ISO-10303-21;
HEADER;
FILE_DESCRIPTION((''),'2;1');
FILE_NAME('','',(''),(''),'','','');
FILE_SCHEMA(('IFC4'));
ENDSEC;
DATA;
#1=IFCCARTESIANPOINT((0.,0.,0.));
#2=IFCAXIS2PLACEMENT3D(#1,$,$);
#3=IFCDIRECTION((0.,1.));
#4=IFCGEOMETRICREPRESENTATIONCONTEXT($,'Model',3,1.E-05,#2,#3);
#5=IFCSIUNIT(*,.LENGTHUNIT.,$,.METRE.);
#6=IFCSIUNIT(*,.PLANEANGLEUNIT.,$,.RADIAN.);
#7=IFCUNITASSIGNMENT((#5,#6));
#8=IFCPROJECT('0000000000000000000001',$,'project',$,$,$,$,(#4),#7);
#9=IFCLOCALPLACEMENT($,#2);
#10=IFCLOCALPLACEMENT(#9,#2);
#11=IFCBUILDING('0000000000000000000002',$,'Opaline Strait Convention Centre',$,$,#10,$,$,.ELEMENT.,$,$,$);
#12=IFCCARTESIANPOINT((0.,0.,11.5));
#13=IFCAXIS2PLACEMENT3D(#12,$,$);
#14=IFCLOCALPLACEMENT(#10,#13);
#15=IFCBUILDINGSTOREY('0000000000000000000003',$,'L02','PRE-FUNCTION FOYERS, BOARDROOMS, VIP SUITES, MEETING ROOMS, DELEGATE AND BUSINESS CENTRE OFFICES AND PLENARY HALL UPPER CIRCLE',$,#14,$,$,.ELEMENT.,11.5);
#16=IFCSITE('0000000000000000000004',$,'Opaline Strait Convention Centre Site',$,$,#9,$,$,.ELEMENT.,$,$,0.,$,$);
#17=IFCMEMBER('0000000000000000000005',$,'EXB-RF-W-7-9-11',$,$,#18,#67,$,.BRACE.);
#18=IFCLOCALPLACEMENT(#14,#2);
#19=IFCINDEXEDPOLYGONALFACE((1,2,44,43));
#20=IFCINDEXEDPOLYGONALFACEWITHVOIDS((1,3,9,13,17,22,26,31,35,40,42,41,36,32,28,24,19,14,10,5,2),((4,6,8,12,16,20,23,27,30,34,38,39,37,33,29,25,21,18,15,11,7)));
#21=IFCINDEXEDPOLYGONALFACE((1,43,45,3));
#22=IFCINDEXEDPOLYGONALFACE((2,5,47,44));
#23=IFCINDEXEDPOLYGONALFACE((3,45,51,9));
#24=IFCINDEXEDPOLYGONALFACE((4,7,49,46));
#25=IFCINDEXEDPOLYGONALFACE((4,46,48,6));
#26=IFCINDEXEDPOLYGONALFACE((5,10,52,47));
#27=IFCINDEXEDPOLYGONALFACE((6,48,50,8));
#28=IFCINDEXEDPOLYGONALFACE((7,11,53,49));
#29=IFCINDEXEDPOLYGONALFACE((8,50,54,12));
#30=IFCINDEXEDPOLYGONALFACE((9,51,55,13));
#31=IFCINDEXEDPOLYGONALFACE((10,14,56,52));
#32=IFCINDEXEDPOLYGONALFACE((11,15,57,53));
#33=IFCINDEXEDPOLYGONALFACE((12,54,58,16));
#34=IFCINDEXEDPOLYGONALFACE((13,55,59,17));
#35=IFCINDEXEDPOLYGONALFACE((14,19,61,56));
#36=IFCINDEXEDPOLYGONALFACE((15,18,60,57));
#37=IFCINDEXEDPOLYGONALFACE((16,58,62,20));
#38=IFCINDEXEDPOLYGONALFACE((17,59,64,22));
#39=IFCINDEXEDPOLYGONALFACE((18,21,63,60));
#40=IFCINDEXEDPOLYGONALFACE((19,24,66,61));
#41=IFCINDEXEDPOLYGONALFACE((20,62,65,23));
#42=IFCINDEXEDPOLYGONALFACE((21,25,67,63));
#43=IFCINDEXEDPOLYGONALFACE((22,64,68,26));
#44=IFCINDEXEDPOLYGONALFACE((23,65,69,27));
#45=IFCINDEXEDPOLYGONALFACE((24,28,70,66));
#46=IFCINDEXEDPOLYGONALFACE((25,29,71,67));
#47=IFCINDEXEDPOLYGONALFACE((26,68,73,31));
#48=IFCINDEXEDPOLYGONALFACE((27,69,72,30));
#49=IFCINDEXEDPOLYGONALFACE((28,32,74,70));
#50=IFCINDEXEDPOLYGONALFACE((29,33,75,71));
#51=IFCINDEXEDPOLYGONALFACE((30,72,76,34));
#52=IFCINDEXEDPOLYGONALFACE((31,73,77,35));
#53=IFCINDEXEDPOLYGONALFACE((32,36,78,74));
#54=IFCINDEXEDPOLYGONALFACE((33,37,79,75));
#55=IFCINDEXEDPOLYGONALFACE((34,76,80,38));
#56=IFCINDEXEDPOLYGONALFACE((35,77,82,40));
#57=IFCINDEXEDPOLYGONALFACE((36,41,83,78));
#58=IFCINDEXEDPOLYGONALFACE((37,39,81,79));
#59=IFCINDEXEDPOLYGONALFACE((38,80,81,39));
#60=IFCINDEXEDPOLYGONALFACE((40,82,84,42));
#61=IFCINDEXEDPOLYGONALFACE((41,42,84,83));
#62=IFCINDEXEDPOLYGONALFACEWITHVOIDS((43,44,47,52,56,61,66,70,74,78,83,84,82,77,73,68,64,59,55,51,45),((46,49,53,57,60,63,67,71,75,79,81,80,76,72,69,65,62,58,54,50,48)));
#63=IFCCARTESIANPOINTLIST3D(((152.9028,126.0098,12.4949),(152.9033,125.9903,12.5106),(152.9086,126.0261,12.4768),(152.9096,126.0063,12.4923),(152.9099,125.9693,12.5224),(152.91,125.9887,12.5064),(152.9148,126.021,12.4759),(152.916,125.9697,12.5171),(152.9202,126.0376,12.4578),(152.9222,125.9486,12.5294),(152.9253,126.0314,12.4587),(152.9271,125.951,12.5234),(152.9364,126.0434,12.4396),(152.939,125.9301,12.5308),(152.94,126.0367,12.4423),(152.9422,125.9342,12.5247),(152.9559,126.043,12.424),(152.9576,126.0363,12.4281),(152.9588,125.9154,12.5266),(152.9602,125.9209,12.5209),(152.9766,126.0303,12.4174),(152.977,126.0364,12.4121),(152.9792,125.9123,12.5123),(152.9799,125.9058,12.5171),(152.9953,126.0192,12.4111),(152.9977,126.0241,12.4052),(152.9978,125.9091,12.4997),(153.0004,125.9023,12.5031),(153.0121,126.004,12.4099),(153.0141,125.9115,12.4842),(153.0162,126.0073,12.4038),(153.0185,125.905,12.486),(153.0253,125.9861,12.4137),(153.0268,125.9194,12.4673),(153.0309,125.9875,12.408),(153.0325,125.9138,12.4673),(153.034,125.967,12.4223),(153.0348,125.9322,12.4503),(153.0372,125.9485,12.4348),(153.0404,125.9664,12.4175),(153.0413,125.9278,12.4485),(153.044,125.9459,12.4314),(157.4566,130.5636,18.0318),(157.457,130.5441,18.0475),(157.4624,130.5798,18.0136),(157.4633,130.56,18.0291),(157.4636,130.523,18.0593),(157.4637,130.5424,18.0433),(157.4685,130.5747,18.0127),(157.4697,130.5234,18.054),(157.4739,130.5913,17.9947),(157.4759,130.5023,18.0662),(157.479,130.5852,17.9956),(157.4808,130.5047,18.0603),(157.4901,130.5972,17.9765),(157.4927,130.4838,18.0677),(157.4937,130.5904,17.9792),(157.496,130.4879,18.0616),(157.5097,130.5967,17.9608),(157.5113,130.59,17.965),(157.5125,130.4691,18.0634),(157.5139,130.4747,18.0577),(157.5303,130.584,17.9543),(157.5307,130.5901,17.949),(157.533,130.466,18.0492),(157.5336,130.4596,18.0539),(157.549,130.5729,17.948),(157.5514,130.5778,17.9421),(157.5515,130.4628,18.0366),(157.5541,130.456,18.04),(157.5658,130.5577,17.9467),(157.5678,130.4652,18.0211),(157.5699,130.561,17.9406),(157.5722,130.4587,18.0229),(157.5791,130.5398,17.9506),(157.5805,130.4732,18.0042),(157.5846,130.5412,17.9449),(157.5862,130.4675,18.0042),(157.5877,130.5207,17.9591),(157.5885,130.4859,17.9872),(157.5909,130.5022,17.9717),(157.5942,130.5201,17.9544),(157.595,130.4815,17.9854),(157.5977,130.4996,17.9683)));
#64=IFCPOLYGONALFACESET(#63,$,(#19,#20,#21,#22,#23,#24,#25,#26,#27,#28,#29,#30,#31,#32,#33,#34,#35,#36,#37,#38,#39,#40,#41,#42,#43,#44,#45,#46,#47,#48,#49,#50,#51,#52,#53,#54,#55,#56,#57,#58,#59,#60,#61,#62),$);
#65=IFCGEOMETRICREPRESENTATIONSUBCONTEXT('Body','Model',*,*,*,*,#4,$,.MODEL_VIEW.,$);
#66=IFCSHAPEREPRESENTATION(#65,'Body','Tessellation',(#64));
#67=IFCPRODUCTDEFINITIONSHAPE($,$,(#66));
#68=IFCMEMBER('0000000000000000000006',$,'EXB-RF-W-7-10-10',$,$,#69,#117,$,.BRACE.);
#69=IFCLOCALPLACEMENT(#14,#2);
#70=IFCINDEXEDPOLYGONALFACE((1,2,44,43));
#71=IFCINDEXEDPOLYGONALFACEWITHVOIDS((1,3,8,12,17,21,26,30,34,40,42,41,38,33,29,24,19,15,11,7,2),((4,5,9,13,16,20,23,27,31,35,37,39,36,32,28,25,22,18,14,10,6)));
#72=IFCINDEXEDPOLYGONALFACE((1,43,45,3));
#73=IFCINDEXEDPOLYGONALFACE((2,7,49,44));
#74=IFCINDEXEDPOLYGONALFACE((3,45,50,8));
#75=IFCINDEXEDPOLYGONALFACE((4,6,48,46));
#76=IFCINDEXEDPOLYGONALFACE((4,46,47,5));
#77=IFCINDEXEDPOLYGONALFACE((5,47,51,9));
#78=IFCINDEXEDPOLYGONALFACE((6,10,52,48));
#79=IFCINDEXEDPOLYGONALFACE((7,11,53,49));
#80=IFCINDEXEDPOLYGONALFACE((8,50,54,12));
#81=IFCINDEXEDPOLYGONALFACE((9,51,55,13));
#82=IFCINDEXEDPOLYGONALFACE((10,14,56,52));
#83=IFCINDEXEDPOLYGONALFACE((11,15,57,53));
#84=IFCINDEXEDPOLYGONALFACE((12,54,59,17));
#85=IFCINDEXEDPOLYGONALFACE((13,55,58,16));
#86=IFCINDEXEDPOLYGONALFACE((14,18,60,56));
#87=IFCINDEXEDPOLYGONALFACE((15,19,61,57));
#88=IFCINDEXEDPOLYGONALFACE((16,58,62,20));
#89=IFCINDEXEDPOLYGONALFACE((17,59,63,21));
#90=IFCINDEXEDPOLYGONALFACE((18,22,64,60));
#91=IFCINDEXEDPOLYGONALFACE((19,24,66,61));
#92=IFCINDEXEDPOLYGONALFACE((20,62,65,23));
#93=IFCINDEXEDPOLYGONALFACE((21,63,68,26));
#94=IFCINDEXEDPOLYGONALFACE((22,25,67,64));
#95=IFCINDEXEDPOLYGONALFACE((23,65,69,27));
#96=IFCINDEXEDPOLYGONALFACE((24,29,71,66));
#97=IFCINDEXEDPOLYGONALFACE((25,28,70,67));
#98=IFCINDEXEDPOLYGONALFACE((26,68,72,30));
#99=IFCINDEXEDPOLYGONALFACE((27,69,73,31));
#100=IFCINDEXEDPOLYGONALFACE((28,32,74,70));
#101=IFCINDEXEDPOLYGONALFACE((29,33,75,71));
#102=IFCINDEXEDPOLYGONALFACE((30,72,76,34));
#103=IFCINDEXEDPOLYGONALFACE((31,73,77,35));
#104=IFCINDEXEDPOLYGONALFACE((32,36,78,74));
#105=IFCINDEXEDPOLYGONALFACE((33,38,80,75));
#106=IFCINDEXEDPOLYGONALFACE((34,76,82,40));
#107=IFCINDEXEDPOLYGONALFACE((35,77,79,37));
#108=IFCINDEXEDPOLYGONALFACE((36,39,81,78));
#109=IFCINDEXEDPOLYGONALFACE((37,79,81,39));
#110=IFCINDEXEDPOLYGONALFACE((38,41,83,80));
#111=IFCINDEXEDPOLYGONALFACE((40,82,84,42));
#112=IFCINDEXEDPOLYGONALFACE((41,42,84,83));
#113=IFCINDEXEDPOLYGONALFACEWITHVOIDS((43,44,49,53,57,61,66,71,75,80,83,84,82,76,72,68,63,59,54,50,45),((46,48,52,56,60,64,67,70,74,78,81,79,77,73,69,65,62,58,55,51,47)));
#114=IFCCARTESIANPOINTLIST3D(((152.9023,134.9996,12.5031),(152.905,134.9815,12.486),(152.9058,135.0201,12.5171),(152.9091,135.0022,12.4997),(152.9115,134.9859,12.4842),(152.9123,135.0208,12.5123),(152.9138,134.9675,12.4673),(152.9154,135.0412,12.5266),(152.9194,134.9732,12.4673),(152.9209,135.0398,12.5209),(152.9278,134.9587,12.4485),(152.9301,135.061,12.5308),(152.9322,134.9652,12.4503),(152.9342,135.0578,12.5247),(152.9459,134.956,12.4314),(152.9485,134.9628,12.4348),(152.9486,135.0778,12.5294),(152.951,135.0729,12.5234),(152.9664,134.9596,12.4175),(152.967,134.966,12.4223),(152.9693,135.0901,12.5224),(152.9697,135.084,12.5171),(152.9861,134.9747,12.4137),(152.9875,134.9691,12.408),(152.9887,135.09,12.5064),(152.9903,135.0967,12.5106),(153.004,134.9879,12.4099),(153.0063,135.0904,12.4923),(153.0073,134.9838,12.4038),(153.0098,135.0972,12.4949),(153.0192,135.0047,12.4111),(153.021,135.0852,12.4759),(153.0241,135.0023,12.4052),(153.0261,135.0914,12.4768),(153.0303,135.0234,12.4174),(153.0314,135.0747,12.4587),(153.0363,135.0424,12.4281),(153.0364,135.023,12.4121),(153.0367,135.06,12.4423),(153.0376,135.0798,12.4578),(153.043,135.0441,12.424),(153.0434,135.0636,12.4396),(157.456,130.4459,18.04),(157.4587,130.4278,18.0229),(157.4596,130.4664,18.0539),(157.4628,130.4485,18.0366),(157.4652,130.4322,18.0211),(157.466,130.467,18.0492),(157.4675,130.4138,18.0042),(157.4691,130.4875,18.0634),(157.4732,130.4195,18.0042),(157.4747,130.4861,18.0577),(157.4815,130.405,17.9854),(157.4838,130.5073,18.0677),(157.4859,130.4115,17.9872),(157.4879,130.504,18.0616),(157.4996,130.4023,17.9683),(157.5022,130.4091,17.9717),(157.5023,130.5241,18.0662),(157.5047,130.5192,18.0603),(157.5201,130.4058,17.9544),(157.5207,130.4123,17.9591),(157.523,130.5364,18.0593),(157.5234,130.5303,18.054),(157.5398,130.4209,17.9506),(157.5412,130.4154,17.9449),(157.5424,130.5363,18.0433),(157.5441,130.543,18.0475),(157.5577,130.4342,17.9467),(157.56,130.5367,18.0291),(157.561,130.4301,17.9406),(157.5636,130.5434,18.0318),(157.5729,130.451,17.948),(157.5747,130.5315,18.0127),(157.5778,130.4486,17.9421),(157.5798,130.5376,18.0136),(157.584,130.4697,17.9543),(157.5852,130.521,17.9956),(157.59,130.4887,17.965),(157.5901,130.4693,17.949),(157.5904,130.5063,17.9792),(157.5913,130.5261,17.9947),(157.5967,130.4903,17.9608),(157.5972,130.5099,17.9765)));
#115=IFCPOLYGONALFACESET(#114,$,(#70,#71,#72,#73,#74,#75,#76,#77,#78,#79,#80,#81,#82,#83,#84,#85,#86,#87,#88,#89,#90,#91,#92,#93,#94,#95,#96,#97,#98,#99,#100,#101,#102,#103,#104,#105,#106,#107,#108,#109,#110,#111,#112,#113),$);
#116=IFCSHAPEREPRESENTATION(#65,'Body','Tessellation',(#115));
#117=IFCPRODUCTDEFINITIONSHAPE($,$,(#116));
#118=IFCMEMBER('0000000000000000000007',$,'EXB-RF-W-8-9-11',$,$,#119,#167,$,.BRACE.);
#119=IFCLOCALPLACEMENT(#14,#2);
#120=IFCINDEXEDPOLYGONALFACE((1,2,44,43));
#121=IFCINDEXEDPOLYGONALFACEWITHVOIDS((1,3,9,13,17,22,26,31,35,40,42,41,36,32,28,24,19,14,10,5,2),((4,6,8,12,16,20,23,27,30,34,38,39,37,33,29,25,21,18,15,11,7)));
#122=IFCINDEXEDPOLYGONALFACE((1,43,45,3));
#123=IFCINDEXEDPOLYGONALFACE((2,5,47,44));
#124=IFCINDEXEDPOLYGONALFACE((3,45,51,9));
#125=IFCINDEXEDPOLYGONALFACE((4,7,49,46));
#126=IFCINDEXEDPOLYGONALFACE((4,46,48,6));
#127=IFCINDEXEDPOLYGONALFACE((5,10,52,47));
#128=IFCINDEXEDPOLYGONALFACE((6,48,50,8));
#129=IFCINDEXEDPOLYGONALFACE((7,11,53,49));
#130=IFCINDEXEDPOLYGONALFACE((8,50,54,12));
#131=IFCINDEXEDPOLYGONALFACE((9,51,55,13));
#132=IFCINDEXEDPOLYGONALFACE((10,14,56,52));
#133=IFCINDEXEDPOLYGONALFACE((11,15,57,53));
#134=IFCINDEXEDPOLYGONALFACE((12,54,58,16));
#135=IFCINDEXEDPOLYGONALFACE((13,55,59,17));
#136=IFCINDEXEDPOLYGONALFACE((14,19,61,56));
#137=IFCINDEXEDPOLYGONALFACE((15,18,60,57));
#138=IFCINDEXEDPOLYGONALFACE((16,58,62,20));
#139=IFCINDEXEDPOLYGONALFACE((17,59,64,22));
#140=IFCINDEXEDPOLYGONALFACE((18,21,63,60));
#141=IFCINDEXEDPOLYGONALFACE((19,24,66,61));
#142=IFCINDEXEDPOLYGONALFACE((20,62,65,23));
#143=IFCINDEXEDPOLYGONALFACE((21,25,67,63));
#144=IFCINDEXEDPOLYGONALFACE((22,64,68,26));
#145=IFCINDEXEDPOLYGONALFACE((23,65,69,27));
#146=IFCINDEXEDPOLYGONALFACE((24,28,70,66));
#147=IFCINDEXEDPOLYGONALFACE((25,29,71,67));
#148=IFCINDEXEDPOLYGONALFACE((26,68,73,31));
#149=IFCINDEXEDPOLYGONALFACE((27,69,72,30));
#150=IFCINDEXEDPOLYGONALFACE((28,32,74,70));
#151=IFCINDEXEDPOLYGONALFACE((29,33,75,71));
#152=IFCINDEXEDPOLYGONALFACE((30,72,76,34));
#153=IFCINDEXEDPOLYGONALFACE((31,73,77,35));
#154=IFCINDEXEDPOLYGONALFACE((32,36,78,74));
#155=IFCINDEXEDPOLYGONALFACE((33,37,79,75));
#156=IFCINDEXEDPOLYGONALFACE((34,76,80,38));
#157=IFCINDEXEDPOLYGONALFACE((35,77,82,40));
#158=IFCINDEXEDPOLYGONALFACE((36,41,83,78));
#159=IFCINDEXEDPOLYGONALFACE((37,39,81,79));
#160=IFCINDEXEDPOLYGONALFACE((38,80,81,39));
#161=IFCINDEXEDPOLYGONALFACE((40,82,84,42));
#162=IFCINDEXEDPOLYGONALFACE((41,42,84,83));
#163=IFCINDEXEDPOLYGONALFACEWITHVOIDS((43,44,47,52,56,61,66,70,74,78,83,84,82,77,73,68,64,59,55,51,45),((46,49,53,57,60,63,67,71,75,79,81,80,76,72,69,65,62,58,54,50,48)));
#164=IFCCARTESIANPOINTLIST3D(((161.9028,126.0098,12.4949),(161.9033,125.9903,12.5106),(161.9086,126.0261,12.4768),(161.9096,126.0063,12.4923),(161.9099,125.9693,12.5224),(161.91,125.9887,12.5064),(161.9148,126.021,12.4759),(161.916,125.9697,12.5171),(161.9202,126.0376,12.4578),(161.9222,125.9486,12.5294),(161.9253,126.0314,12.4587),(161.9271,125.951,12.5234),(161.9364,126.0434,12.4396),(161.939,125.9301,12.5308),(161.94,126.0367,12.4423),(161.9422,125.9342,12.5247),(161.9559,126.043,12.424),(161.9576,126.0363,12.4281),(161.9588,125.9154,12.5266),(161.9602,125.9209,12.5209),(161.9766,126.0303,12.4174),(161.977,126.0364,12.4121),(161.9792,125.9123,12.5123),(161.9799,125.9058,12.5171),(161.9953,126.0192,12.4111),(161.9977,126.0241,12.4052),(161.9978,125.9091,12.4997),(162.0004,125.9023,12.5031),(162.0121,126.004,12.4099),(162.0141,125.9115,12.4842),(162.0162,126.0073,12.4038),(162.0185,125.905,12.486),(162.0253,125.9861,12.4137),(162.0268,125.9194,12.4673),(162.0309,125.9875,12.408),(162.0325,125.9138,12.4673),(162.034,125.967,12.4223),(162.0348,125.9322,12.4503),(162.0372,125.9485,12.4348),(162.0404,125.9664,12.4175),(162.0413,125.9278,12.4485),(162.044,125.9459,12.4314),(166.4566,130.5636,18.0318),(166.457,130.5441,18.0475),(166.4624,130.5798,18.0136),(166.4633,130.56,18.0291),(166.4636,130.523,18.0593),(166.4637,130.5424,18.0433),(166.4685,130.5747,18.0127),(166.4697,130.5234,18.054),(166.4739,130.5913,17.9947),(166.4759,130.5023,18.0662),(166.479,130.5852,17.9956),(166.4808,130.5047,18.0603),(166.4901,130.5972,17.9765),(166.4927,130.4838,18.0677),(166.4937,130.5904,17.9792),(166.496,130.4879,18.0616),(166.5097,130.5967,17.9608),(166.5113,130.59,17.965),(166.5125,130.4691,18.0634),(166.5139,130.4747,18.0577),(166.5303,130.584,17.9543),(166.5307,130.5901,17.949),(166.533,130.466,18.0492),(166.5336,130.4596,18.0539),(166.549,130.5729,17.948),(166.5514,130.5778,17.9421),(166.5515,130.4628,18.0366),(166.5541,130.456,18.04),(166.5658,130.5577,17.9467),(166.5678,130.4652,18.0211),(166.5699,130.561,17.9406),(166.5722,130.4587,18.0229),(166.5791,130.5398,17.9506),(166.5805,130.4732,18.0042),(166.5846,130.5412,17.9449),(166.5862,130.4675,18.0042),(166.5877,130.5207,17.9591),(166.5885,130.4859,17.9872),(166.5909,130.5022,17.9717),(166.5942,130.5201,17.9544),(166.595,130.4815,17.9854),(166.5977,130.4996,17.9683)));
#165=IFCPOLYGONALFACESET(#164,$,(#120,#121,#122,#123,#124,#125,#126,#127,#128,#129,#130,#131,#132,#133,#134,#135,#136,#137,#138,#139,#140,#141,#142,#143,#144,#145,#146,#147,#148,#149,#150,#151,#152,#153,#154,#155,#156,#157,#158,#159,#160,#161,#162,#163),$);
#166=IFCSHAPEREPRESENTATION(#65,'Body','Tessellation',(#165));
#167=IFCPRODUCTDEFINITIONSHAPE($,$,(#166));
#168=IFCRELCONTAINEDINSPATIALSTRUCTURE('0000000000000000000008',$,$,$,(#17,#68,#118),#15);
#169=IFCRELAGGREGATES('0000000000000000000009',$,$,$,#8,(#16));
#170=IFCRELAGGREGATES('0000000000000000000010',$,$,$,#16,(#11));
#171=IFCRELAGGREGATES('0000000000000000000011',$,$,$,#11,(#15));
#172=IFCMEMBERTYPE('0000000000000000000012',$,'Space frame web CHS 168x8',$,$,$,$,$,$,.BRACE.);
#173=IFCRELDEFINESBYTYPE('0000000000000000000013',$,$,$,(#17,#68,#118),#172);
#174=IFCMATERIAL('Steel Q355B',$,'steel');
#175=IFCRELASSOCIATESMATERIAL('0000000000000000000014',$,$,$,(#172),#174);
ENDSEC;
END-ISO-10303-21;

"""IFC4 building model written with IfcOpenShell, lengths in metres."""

from ifc_helpers import new_model, si_unit, direction, frame, origin, origin_2d, place, context, subcontext, project, spatial, hollow_circle, extrude, material, material_profile, profile_set, type_object, element, save


model = new_model("IFC4")

# Units and contexts
model_context = context("Model", 3, precision=1e-05, world=origin(), true_north=direction((0.0, 1.0)))
body_context = subcontext(model_context, "Body", "Model", "MODEL_VIEW")
ifc_project = project(units=[si_unit("LENGTHUNIT", "METRE"), si_unit("PLANEANGLEUNIT", "RADIAN")], contexts=[model_context])

# Site, building, storey
site_placement = place(None, origin())
site = spatial("IfcSite", under=ifc_project, at=site_placement, Name="Opaline Strait Convention Centre Site", CompositionType="ELEMENT", RefElevation=0.0)
building_placement = place(site_placement, origin())
building = spatial("IfcBuilding", under=site, at=building_placement, Name="Opaline Strait Convention Centre", CompositionType="ELEMENT")
storey_placement = place(building_placement, frame((0.0, 0.0, 11.5)))
storey = spatial("IfcBuildingStorey", under=building, at=storey_placement, Name="L02", Description="PRE-FUNCTION FOYERS, BOARDROOMS, VIP SUITES, MEETING ROOMS, DELEGATE AND BUSINESS CENTRE OFFICES AND PLENARY HALL UPPER CIRCLE", CompositionType="ELEMENT", Elevation=11.5)

# Members
ifc_material = material(Name="Steel Q355B", Category="steel")
ifc_material_profile_1 = material_profile(ifc_material, hollow_circle(Radius=0.084, WallThickness=0.0081, at=origin_2d()), Name="CHS 168x8")
ifc_profile_set_1 = profile_set([ifc_material_profile_1], Name="Steel Q355B")
member_type_1 = type_object("IfcMemberType", Name="Space frame web CHS 168x8", PredefinedType="BRACE", material=ifc_profile_set_1)
for number, where, z_axis, x_axis, name in (
    (1, (157.5269, 130.5269, 18.0042), (-0.536178, -0.536178, -0.65194), (0.707107, -0.707107, 0.0), "EXB-RF-W-7-9-11"),
    (2, (157.5269, 130.4731, 18.0042), (-0.536178, 0.536178, -0.65194), (-0.707107, -0.707107, 0.0), "EXB-RF-W-7-10-10"),
    (3, (166.5269, 130.5269, 18.0042), (-0.536178, -0.536178, -0.65194), (0.707107, -0.707107, 0.0), "EXB-RF-W-8-9-11"),
):
    element("IfcMember", number, at=place(storey_placement, frame(where, z_axis=z_axis, x_axis=x_axis)), inside=storey, type_object=member_type_1, Name=name, PredefinedType="BRACE", context=body_context, shape_type="SweptSolid", body=[
        extrude(hollow_circle(Radius=0.084, WallThickness=0.0081, at=origin_2d()), origin(), (0.0, 0.0, 1.0), 8.4929),
    ])

save(model, "model.ifc")
